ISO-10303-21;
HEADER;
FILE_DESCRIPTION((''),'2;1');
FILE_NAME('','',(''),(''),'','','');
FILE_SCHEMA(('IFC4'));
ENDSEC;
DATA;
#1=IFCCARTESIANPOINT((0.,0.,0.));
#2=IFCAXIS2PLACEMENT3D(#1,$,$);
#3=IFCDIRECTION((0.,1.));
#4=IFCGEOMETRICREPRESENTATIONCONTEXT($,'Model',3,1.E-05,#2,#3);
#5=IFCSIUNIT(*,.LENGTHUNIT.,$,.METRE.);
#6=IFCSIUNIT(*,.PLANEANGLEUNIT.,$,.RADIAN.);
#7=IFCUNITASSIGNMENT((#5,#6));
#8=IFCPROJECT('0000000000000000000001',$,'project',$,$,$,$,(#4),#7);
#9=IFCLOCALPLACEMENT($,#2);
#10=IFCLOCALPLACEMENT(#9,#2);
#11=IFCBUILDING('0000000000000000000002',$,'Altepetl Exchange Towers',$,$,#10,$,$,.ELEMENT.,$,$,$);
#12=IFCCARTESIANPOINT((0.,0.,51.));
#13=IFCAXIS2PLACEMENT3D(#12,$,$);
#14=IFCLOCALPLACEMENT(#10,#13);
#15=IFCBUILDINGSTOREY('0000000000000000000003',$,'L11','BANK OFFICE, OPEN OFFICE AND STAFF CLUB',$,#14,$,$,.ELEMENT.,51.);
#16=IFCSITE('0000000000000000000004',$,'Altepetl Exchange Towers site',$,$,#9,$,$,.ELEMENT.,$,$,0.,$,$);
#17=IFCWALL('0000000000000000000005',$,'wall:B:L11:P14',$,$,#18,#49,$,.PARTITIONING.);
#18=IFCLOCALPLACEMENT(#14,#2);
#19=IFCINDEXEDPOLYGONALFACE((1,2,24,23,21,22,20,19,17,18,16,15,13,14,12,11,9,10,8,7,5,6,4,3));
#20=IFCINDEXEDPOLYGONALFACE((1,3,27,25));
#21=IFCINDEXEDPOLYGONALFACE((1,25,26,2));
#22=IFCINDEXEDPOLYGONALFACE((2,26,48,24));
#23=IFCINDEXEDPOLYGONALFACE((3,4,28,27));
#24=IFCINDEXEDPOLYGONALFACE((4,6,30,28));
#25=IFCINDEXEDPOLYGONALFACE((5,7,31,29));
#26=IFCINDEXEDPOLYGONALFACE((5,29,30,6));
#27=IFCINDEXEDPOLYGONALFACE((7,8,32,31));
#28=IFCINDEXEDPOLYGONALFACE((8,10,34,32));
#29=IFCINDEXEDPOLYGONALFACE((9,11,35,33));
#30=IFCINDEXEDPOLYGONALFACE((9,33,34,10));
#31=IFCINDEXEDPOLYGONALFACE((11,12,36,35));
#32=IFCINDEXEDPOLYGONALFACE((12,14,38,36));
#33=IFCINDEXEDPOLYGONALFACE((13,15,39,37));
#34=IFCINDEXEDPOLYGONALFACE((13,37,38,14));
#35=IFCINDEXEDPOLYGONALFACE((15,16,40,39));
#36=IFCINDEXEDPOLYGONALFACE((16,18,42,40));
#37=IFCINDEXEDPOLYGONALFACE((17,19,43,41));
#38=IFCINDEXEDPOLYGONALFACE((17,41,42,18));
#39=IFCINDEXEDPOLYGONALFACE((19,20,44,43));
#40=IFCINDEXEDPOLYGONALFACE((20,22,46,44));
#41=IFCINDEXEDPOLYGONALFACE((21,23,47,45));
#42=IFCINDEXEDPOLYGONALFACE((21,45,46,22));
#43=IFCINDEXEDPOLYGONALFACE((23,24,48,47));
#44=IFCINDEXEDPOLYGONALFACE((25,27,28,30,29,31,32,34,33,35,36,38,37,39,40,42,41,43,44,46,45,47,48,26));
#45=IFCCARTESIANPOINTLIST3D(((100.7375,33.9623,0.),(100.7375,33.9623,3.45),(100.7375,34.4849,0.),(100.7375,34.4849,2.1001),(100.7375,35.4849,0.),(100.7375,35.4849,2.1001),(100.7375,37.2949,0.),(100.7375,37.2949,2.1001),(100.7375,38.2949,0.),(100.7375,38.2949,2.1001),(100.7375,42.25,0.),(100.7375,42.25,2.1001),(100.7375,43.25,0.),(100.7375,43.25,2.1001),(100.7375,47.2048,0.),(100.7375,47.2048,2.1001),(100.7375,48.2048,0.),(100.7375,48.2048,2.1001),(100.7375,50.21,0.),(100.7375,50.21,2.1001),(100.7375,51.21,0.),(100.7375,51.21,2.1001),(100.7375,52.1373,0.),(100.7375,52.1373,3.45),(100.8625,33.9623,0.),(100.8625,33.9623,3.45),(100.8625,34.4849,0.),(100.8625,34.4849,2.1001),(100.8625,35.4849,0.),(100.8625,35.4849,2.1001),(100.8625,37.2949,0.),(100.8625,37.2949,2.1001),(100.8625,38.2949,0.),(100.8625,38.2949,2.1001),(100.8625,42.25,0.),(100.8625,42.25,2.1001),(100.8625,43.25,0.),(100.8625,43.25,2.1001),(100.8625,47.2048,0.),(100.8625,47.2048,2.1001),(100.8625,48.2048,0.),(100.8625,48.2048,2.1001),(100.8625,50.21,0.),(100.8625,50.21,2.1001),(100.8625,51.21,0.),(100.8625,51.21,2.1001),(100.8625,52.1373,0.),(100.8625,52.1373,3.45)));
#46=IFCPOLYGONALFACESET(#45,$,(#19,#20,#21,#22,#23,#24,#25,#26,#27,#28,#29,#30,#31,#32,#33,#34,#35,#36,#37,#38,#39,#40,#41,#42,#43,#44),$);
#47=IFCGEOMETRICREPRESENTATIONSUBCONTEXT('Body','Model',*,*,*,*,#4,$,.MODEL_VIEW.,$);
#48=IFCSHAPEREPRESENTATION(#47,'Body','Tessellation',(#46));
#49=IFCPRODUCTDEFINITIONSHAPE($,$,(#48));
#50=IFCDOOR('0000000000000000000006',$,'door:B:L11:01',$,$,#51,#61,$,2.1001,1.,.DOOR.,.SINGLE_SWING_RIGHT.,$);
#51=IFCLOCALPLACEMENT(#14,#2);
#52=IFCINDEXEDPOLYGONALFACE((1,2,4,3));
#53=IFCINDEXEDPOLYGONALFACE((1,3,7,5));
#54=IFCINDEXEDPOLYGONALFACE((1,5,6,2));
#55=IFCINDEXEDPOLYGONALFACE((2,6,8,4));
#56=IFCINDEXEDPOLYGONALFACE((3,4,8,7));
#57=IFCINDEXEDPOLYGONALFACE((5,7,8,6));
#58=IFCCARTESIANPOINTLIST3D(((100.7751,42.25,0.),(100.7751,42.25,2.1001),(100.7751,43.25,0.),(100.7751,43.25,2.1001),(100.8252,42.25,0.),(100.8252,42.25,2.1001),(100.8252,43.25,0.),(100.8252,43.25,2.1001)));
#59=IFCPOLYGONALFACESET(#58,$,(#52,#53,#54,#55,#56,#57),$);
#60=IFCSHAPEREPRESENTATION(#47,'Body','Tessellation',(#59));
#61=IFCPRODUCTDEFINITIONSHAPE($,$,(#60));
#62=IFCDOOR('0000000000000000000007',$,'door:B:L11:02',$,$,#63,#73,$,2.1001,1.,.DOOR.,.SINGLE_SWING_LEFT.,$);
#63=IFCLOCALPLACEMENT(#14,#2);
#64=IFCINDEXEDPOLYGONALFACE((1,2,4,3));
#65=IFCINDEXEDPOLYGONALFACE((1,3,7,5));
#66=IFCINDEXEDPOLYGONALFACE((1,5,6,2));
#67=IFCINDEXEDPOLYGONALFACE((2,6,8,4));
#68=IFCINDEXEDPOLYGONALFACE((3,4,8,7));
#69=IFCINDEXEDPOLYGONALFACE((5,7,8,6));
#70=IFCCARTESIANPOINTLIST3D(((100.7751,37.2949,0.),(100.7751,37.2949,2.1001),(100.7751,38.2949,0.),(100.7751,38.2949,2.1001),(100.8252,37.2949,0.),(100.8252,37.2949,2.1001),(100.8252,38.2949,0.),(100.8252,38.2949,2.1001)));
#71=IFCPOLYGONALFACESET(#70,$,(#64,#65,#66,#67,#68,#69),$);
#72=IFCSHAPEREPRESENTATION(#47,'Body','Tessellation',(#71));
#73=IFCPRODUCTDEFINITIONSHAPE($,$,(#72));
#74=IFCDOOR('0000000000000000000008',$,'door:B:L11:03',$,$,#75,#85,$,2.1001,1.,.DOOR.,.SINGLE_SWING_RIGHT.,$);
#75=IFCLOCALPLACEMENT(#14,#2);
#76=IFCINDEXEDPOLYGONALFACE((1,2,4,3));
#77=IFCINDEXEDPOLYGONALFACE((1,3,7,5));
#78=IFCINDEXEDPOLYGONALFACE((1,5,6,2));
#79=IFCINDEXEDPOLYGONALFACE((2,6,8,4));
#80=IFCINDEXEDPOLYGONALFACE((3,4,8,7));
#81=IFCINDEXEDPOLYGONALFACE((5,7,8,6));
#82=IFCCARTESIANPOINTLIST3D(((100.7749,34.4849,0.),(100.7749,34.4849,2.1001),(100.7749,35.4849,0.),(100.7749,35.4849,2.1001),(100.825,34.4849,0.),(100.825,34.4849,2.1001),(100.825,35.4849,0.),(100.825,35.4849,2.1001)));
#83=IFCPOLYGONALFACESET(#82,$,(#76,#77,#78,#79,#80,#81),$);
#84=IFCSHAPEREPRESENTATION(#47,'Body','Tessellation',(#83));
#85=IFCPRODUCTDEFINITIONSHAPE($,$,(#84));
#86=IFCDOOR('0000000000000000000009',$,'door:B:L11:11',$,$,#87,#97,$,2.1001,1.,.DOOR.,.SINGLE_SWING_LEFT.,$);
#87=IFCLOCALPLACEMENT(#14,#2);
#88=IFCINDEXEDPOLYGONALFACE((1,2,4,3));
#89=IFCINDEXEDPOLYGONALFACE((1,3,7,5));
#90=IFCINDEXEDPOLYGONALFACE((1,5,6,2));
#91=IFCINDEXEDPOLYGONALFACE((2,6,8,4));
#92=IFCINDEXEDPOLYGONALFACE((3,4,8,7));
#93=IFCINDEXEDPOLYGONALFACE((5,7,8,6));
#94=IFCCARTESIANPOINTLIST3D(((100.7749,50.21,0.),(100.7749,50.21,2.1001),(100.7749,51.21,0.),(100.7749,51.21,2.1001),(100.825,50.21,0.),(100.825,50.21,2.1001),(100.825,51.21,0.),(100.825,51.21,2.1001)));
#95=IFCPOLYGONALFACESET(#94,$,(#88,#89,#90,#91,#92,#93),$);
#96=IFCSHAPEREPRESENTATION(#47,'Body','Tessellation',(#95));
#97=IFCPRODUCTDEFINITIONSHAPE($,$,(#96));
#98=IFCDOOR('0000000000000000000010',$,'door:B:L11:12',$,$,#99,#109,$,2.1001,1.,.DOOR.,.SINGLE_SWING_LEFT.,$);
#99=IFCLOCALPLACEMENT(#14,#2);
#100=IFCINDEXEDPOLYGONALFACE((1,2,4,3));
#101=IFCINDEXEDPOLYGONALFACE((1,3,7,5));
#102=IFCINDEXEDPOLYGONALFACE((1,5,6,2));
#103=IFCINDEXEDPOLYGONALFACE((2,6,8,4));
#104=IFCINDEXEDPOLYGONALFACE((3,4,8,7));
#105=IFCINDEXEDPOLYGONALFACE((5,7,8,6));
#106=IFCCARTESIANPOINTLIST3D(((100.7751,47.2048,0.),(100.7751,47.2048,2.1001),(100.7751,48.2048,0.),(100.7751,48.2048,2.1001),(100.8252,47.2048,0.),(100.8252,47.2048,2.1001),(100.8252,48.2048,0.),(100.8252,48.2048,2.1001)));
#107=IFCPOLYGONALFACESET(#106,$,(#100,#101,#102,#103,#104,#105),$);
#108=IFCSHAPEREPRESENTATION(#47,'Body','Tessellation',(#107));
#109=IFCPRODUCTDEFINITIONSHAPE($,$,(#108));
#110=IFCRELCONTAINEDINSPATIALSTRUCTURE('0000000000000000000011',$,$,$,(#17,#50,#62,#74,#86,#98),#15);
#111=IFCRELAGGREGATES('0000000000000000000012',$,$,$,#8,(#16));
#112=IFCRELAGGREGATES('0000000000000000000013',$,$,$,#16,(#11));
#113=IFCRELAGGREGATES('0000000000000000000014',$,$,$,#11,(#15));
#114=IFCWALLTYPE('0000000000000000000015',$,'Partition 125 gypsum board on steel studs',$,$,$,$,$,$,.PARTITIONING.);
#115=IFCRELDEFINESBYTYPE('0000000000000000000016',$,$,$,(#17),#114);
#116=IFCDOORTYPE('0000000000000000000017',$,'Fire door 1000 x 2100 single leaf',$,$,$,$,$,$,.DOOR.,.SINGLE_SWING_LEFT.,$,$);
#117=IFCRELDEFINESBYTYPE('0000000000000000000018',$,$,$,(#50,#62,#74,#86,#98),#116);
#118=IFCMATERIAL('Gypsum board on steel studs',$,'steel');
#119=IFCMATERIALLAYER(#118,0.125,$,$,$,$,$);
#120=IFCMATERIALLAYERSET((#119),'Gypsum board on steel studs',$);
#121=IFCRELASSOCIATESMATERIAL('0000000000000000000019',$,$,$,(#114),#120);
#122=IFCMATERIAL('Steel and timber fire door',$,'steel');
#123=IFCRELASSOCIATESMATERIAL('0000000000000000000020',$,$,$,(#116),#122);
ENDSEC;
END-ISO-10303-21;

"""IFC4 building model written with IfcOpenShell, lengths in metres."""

from ifc_helpers import new_model, si_unit, direction, frame, frame_2d, origin, place, context, subcontext, project, spatial, rectangle, extrude, material, layer, layer_set, type_object, element, fill, save


model = new_model("IFC4")

# Units and contexts
model_context = context("Model", 3, precision=1e-05, world=origin(), true_north=direction((0.0, 1.0)))
body_context = subcontext(model_context, "Body", "Model", "MODEL_VIEW")
ifc_project = project(units=[si_unit("LENGTHUNIT", "METRE"), si_unit("PLANEANGLEUNIT", "RADIAN")], contexts=[model_context])

# Site, building, storey
site_placement = place(None, origin())
site = spatial("IfcSite", under=ifc_project, at=site_placement, Name="Altepetl Exchange Towers site", CompositionType="ELEMENT", RefElevation=0.0)
building_placement = place(site_placement, origin())
building = spatial("IfcBuilding", under=site, at=building_placement, Name="Altepetl Exchange Towers", CompositionType="ELEMENT")
storey_placement = place(building_placement, frame((0.0, 0.0, 51.0)))
storey = spatial("IfcBuildingStorey", under=building, at=storey_placement, Name="L11", Description="BANK OFFICE, OPEN OFFICE AND STAFF CLUB", CompositionType="ELEMENT", Elevation=51.0)

# Shared definitions
ifc_material_1 = material(Name="Gypsum board on steel studs", Category="steel")
ifc_layer_1 = layer(ifc_material_1, 0.125)
ifc_layer_set_1 = layer_set([ifc_layer_1], Name="Gypsum board on steel studs")
wall_type_1 = type_object("IfcWallType", Name="Partition 125 gypsum board on steel studs", PredefinedType="PARTITIONING", material=ifc_layer_set_1)
ifc_material_2 = material(Name="Steel and timber fire door", Category="steel")
door_type = type_object("IfcDoorType", Name="Fire door 1000 x 2100 single leaf", OperationType="SINGLE_SWING_LEFT", PredefinedType="DOOR", material=ifc_material_2)

# Wall, openings, doors
wall_1_placement = place(storey_placement, frame((100.8, 33.9624, 0.0), z_axis=(0.0, 0.0, 1.0), x_axis=(0.0, 1.0, 0.0)))
wall_1 = element("IfcWall", 1, at=wall_1_placement, inside=storey, type_object=wall_type_1, Name="wall:B:L11:P14", PredefinedType="PARTITIONING", context=body_context, shape_type="SweptSolid", body=[
    extrude(rectangle(XDim=18.175, YDim=0.125, at=frame_2d((9.0874, 0.0))), origin(), (0.0, 0.0, 1.0), 3.45),
])
opening_1_placement = place(wall_1_placement, frame((8.2876, 0.0, 0.0)))
opening_1 = element("IfcOpeningElement", 2, at=opening_1_placement, cuts=wall_1, PredefinedType="OPENING", context=body_context, shape_type="SweptSolid", body=[
    extrude(rectangle(XDim=1.0, YDim=2.1001, at=frame_2d((0.5, 1.05))), frame((0.0, 0.0725, 0.0), z_axis=(0.0, -1.0, 0.0), x_axis=(1.0, 0.0, 0.0)), (0.0, 0.0, 1.0), 0.145),
])
opening_2_placement = place(wall_1_placement, frame((3.3325, 0.0, 0.0)))
opening_2 = element("IfcOpeningElement", 3, at=opening_2_placement, cuts=wall_1, PredefinedType="OPENING", context=body_context, shape_type="SweptSolid", body=[
    extrude(rectangle(XDim=1.0, YDim=2.1001, at=frame_2d((0.5, 1.05))), frame((0.0, 0.0725, 0.0), z_axis=(0.0, -1.0, 0.0), x_axis=(1.0, 0.0, 0.0)), (0.0, 0.0, 1.0), 0.145),
])
opening_3_placement = place(wall_1_placement, frame((0.5225, 0.0, 0.0)))
opening_3 = element("IfcOpeningElement", 4, at=opening_3_placement, cuts=wall_1, PredefinedType="OPENING", context=body_context, shape_type="SweptSolid", body=[
    extrude(rectangle(XDim=1.0, YDim=2.1001, at=frame_2d((0.5, 1.05))), frame((0.0, 0.0725, 0.0), z_axis=(0.0, -1.0, 0.0), x_axis=(1.0, 0.0, 0.0)), (0.0, 0.0, 1.0), 0.145),
])
opening_4_placement = place(wall_1_placement, frame((16.2476, 0.0, 0.0)))
opening_4 = element("IfcOpeningElement", 5, at=opening_4_placement, cuts=wall_1, PredefinedType="OPENING", context=body_context, shape_type="SweptSolid", body=[
    extrude(rectangle(XDim=1.0, YDim=2.1001, at=frame_2d((0.5, 1.05))), frame((0.0, 0.0725, 0.0), z_axis=(0.0, -1.0, 0.0), x_axis=(1.0, 0.0, 0.0)), (0.0, 0.0, 1.0), 0.145),
])
opening_5_placement = place(wall_1_placement, frame((13.2424, 0.0, 0.0)))
opening_5 = element("IfcOpeningElement", 6, at=opening_5_placement, cuts=wall_1, PredefinedType="OPENING", context=body_context, shape_type="SweptSolid", body=[
    extrude(rectangle(XDim=1.0, YDim=2.1001, at=frame_2d((0.5, 1.05))), frame((0.0, 0.0725, 0.0), z_axis=(0.0, -1.0, 0.0), x_axis=(1.0, 0.0, 0.0)), (0.0, 0.0, 1.0), 0.145),
])
door_1_placement = place(opening_1_placement, origin())
door_1 = element("IfcDoor", 7, at=door_1_placement, inside=storey, type_object=door_type, Name="door:B:L11:01", OperationType="SINGLE_SWING_RIGHT", OverallHeight=2.1001, OverallWidth=1.0, PredefinedType="DOOR", context=body_context, shape_type="SweptSolid", body=[
    extrude(rectangle(XDim=1.0, YDim=2.1001, at=frame_2d((0.5, 1.05))), frame((0.0, 0.0249, 0.0), z_axis=(0.0, -1.0, 0.0), x_axis=(1.0, 0.0, 0.0)), (0.0, 0.0, 1.0), 0.05),
])
fill(opening_1, door_1)
door_2_placement = place(opening_2_placement, origin())
door_2 = element("IfcDoor", 8, at=door_2_placement, inside=storey, type_object=door_type, Name="door:B:L11:02", OperationType="SINGLE_SWING_LEFT", OverallHeight=2.1001, OverallWidth=1.0, PredefinedType="DOOR", context=body_context, shape_type="SweptSolid", body=[
    extrude(rectangle(XDim=1.0, YDim=2.1001, at=frame_2d((0.5, 1.05))), frame((0.0, 0.0249, 0.0), z_axis=(0.0, -1.0, 0.0), x_axis=(1.0, 0.0, 0.0)), (0.0, 0.0, 1.0), 0.05),
])
fill(opening_2, door_2)
door_3_placement = place(opening_3_placement, frame((1.0, 0.0, 0.0), x_axis=(-1.0, 0.0, 0.0)))
door_3 = element("IfcDoor", 9, at=door_3_placement, inside=storey, type_object=door_type, Name="door:B:L11:03", OperationType="SINGLE_SWING_RIGHT", OverallHeight=2.1001, OverallWidth=1.0, PredefinedType="DOOR", context=body_context, shape_type="SweptSolid", body=[
    extrude(rectangle(XDim=1.0, YDim=2.1001, at=frame_2d((0.5, 1.05))), frame((0.0, 0.0249, 0.0), z_axis=(0.0, -1.0, 0.0), x_axis=(1.0, 0.0, 0.0)), (0.0, 0.0, 1.0), 0.05),
])
fill(opening_3, door_3)
door_4_placement = place(opening_4_placement, frame((1.0, 0.0, 0.0), x_axis=(-1.0, 0.0, 0.0)))
door_4 = element("IfcDoor", 10, at=door_4_placement, inside=storey, type_object=door_type, Name="door:B:L11:11", OperationType="SINGLE_SWING_LEFT", OverallHeight=2.1001, OverallWidth=1.0, PredefinedType="DOOR", context=body_context, shape_type="SweptSolid", body=[
    extrude(rectangle(XDim=1.0, YDim=2.1001, at=frame_2d((0.5, 1.05))), frame((0.0, 0.0249, 0.0), z_axis=(0.0, -1.0, 0.0), x_axis=(1.0, 0.0, 0.0)), (0.0, 0.0, 1.0), 0.05),
])
fill(opening_4, door_4)
door_5_placement = place(opening_5_placement, origin())
door_5 = element("IfcDoor", 11, at=door_5_placement, inside=storey, type_object=door_type, Name="door:B:L11:12", OperationType="SINGLE_SWING_LEFT", OverallHeight=2.1001, OverallWidth=1.0, PredefinedType="DOOR", context=body_context, shape_type="SweptSolid", body=[
    extrude(rectangle(XDim=1.0, YDim=2.1001, at=frame_2d((0.5, 1.05))), frame((0.0, 0.0249, 0.0), z_axis=(0.0, -1.0, 0.0), x_axis=(1.0, 0.0, 0.0)), (0.0, 0.0, 1.0), 0.05),
])
fill(opening_5, door_5)

save(model, "model.ifc")
